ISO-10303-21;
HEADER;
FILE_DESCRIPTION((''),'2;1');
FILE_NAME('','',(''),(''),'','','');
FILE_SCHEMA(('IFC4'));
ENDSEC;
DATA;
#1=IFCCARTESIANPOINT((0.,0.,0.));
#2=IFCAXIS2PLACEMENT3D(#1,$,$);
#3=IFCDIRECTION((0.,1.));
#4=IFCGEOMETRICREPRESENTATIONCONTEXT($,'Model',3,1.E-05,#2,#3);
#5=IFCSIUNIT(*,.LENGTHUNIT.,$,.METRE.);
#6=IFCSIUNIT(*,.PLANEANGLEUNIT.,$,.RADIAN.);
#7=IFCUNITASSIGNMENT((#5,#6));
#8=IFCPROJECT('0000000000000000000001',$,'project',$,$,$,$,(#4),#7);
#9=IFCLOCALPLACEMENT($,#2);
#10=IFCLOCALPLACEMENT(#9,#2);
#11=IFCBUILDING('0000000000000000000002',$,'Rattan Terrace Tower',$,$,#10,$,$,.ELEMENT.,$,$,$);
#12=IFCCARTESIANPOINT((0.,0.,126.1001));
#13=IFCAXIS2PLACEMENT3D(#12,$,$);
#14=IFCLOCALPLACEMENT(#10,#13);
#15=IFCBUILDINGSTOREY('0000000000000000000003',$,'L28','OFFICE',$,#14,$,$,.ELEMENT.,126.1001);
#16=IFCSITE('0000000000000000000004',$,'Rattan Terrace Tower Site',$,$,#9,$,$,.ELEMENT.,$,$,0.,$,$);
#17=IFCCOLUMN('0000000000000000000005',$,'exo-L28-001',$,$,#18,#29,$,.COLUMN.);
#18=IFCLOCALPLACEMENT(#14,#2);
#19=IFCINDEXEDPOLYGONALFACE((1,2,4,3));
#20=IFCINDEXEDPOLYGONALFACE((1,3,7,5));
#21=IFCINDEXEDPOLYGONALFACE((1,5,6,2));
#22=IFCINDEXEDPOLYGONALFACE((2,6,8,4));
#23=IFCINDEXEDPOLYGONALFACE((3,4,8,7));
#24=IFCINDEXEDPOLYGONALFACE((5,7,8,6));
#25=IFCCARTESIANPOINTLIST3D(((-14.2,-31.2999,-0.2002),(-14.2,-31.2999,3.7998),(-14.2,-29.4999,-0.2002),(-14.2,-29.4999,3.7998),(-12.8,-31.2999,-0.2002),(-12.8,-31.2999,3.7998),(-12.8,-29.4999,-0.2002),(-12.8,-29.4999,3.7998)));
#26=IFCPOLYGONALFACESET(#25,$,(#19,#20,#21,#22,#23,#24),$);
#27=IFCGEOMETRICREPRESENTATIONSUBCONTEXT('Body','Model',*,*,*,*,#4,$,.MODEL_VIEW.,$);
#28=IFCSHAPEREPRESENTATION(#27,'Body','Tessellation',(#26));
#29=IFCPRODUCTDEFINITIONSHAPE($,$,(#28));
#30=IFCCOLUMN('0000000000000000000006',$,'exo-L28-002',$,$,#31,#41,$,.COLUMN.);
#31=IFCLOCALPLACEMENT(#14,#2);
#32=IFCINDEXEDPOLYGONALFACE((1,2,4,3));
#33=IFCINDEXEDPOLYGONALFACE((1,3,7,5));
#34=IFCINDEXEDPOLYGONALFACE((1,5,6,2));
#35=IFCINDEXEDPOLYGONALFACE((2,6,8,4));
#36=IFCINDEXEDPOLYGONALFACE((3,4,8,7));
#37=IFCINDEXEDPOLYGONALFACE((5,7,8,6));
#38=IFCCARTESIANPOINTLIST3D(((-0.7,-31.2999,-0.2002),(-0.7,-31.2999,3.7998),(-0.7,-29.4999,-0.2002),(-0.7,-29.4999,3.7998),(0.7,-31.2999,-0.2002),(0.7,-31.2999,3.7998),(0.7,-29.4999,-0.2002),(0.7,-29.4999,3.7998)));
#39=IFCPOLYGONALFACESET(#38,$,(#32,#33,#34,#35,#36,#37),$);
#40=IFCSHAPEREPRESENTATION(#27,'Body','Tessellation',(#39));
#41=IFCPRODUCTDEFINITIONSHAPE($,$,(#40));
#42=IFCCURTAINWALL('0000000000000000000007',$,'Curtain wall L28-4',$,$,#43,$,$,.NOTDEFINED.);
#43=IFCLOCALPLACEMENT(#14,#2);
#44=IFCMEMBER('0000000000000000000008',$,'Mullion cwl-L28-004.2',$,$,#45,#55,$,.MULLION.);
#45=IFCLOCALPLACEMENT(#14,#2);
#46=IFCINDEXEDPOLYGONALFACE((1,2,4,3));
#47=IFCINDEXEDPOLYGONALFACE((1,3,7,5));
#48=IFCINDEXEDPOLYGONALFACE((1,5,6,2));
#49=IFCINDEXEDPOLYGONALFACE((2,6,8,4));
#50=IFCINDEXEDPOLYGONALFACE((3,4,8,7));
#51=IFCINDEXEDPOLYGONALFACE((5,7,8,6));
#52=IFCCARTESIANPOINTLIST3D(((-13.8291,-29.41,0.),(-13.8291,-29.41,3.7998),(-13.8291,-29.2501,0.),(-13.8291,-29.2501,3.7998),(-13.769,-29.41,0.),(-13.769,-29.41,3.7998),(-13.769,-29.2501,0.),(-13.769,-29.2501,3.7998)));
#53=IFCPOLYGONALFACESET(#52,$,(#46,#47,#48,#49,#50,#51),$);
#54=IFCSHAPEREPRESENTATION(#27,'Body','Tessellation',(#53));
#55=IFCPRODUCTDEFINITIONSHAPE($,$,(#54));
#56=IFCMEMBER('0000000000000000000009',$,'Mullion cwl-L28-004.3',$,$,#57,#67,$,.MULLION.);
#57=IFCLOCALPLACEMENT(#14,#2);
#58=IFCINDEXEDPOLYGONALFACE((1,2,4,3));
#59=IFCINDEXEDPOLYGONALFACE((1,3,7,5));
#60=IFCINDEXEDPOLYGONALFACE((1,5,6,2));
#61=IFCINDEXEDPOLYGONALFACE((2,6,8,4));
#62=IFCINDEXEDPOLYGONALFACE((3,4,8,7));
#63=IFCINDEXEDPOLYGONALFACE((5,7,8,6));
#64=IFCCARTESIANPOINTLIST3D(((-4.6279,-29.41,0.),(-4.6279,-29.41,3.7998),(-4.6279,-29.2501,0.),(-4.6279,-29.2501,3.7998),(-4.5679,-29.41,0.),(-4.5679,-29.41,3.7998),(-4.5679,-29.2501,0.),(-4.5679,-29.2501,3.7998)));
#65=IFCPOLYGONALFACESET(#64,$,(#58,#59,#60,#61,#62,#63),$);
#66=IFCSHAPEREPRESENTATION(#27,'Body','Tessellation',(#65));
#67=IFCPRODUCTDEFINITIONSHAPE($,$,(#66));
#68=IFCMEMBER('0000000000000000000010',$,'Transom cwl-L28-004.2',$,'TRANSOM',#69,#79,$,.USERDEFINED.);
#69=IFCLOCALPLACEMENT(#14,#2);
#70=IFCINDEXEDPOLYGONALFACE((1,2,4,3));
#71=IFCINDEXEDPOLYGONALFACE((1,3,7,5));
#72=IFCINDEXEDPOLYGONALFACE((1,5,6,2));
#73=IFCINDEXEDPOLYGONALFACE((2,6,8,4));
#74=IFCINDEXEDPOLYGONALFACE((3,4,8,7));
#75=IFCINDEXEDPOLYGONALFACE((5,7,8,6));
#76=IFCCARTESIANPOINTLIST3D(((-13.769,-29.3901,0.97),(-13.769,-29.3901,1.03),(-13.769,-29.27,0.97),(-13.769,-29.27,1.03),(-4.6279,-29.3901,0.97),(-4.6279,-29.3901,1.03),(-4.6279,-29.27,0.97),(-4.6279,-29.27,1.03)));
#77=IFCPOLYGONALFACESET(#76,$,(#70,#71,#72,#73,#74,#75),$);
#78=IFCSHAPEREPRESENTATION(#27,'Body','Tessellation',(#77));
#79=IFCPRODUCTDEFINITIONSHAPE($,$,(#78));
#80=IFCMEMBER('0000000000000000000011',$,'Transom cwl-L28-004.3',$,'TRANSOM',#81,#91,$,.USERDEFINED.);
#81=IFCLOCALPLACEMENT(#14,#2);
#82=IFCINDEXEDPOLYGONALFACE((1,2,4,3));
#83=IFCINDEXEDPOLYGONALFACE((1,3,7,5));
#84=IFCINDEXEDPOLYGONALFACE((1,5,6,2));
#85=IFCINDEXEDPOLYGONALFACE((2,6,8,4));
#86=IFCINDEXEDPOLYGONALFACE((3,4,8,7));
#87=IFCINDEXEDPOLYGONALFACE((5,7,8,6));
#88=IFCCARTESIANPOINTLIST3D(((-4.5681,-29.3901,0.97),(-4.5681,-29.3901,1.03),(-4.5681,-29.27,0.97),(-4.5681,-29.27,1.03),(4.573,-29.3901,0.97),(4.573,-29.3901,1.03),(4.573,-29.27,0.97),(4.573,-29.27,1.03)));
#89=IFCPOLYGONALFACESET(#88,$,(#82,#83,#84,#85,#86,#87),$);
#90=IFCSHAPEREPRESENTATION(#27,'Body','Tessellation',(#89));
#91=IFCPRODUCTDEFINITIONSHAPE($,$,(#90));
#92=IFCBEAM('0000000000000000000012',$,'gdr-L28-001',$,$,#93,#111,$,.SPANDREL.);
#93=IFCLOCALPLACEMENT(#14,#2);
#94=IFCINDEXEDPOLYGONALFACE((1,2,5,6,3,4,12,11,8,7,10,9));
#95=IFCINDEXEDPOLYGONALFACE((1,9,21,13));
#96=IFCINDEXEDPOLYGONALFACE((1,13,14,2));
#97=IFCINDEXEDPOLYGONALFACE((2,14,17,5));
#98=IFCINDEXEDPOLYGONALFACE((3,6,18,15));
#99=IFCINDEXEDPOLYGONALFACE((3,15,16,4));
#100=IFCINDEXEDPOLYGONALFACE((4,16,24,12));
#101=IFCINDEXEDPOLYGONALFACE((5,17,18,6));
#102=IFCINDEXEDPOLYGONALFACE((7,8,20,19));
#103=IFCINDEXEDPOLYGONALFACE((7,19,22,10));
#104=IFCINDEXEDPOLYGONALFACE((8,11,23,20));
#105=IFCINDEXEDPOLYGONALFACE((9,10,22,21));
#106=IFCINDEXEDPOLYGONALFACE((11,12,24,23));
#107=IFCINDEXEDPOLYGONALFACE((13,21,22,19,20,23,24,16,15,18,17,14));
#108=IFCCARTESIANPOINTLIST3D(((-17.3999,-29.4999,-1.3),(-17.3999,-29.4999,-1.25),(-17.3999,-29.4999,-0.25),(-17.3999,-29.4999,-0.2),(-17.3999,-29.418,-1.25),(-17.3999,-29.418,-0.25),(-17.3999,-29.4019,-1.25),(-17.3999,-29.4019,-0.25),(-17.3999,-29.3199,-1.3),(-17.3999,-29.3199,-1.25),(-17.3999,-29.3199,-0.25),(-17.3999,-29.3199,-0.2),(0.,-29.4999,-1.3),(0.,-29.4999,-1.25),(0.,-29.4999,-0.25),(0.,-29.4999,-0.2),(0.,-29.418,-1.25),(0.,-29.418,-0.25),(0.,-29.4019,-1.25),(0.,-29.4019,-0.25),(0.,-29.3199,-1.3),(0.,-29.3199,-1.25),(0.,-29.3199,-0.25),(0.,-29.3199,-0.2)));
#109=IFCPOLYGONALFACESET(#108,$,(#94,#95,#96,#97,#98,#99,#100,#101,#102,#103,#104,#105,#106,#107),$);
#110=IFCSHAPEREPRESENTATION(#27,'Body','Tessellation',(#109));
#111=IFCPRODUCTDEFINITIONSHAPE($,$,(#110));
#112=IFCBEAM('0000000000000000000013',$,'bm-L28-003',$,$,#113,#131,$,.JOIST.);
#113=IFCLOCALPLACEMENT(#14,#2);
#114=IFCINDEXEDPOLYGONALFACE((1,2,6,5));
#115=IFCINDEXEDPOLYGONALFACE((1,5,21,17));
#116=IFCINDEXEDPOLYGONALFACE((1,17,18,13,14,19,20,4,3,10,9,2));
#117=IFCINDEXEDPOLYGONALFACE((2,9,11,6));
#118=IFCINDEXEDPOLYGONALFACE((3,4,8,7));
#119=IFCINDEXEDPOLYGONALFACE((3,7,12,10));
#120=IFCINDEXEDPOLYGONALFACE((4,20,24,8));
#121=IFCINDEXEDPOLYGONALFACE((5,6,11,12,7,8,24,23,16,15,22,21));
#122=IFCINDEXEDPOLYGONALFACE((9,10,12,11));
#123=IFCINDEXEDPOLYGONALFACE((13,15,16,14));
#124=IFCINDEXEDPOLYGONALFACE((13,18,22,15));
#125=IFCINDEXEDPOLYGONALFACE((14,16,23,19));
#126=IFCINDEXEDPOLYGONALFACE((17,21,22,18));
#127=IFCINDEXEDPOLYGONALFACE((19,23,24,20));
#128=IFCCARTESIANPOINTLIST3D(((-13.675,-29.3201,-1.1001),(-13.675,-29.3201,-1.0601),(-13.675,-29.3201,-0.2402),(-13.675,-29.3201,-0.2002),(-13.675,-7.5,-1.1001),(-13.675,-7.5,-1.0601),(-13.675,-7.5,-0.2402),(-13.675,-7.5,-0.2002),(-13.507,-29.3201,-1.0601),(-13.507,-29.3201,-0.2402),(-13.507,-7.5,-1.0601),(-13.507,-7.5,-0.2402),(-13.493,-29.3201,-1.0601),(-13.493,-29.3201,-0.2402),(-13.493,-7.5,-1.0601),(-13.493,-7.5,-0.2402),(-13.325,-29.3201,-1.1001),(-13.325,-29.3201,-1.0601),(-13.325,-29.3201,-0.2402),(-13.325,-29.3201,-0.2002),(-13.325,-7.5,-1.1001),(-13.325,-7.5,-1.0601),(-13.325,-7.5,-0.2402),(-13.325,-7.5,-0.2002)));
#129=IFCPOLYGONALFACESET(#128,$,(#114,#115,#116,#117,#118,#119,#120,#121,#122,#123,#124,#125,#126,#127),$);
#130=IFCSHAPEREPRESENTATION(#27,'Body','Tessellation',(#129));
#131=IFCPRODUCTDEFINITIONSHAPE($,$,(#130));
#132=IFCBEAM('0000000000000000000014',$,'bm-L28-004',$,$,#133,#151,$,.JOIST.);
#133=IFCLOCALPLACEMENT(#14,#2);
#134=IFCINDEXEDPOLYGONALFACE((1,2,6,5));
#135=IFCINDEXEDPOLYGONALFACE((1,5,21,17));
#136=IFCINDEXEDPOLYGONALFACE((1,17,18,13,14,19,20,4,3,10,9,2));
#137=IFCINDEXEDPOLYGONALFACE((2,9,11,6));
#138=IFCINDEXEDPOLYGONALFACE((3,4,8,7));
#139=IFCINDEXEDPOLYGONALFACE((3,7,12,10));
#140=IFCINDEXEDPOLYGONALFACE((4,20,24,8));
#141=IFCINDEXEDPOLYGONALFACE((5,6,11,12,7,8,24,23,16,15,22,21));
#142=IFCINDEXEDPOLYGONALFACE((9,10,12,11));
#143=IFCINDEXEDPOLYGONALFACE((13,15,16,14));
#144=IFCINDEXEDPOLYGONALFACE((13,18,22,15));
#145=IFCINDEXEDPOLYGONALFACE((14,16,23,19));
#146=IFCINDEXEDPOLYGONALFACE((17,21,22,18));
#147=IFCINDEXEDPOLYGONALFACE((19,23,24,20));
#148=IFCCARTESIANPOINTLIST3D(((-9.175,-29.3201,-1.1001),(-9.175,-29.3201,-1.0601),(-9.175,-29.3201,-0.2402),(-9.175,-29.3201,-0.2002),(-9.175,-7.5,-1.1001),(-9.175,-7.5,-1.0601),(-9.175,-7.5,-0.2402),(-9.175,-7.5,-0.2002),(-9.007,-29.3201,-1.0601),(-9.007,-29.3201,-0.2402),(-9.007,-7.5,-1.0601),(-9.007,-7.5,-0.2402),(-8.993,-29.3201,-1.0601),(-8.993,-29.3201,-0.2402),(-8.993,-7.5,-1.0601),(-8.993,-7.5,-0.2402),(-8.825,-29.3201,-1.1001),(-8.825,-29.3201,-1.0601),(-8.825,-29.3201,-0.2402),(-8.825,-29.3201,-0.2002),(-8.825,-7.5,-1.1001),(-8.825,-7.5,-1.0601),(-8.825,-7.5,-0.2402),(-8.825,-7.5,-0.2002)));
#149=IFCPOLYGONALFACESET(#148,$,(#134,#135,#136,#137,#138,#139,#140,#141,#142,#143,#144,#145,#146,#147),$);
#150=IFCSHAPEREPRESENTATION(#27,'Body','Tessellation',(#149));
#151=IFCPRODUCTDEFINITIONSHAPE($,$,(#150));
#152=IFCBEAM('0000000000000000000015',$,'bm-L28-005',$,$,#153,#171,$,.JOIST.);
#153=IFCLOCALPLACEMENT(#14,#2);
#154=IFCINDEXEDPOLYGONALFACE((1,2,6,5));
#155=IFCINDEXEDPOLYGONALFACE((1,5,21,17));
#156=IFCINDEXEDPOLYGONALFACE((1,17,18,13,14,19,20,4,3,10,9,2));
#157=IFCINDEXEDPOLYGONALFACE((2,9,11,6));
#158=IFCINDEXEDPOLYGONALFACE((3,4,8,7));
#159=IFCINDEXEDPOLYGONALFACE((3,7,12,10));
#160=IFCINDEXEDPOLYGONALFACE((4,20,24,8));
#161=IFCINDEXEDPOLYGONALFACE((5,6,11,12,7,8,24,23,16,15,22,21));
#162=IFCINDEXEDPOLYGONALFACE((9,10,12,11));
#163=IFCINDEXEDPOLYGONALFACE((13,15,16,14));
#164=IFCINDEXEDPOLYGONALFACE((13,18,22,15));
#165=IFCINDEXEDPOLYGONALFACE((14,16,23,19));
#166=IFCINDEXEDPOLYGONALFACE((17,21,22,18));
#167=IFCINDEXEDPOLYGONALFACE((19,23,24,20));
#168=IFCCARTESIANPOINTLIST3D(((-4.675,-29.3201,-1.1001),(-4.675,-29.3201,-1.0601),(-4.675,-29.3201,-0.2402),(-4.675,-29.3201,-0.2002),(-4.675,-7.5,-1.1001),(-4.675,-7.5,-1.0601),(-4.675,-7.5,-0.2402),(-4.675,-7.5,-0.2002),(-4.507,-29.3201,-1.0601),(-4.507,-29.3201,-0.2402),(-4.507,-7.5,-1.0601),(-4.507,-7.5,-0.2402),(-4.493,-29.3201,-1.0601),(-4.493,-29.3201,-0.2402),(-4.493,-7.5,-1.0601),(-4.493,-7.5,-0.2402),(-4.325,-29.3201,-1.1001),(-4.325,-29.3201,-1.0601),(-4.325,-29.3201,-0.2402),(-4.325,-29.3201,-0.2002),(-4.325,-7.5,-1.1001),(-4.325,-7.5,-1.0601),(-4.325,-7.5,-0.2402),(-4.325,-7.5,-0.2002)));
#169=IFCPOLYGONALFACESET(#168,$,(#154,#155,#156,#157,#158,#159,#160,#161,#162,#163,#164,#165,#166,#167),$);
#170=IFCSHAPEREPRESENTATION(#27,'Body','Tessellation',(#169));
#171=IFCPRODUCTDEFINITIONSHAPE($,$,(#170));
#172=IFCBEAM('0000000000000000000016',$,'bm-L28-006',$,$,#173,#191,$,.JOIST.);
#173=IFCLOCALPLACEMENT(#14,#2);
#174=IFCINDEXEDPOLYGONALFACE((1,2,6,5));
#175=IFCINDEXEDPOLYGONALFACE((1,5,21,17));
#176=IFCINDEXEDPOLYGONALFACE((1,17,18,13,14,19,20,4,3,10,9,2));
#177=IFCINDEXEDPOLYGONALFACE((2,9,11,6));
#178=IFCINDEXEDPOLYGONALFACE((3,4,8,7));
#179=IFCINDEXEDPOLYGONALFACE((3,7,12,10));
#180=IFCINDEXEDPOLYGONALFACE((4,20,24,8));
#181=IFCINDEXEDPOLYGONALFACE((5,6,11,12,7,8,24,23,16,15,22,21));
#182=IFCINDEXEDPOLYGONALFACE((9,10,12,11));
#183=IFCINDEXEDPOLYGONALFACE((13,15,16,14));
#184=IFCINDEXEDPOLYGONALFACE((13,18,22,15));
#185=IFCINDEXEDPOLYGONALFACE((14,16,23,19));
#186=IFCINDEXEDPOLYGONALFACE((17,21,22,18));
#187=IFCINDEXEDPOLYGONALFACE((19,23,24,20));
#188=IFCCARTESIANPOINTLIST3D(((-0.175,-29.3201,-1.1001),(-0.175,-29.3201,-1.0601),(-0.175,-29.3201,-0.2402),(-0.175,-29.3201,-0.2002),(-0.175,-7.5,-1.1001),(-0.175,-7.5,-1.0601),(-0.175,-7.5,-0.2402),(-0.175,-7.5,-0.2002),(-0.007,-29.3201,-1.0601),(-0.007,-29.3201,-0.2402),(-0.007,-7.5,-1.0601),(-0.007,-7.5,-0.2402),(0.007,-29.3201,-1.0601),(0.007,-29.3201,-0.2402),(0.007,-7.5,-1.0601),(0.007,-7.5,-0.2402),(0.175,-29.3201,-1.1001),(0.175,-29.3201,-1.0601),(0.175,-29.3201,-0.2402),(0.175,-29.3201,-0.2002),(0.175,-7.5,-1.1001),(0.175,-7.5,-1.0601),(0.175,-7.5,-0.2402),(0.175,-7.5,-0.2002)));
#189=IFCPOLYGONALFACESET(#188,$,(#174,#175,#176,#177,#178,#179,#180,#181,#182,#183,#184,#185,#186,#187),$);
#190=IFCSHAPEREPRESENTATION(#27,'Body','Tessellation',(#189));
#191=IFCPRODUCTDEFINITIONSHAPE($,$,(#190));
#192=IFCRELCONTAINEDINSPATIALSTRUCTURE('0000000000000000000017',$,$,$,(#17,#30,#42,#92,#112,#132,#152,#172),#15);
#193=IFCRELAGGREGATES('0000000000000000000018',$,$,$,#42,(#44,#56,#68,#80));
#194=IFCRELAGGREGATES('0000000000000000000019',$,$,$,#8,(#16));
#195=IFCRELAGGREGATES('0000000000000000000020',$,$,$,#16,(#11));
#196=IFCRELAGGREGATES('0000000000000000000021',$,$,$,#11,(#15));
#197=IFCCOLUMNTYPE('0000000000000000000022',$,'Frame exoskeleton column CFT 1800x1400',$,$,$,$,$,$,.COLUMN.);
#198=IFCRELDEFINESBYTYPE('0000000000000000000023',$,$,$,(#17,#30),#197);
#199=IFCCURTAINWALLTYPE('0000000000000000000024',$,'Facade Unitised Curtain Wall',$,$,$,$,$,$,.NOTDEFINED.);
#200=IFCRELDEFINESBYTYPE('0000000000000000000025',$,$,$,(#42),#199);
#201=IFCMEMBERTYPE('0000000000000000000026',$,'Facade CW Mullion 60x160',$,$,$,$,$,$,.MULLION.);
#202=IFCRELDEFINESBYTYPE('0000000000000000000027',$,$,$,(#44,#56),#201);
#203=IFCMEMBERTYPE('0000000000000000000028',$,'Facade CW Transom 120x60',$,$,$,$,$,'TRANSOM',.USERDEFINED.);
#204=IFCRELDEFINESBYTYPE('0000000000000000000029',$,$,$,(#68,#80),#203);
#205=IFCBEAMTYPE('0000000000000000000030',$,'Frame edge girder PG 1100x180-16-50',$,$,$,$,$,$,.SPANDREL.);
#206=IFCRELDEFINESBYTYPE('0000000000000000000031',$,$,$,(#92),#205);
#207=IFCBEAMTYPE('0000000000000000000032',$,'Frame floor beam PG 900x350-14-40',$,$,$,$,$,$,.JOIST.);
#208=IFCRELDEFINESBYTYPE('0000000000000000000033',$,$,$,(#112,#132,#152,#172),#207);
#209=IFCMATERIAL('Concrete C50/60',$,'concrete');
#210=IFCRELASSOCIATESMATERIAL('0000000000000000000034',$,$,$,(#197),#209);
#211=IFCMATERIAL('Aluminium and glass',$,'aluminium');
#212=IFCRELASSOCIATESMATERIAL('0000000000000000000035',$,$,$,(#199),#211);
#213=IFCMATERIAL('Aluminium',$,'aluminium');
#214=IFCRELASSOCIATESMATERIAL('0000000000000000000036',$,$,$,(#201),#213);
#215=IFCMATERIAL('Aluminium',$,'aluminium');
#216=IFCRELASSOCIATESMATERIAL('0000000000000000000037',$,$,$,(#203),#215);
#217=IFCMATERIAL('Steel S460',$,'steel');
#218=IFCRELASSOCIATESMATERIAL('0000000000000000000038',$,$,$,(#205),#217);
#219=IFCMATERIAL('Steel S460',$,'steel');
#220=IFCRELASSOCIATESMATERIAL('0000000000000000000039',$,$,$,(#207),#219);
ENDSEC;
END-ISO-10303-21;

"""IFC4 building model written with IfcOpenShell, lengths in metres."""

from ifc_helpers import new_model, si_unit, direction, frame, origin, origin_2d, place, context, subcontext, project, spatial, rectangle, i_section, extrude, material, material_profile, profile_set, type_object, element, aggregate, save


model = new_model("IFC4")

# Units and contexts
model_context = context("Model", 3, precision=1e-05, world=origin(), true_north=direction((0.0, 1.0)))
body_context = subcontext(model_context, "Body", "Model", "MODEL_VIEW")
ifc_project = project(units=[si_unit("LENGTHUNIT", "METRE"), si_unit("PLANEANGLEUNIT", "RADIAN")], contexts=[model_context])

# Site, building, storey
site_placement = place(None, origin())
site = spatial("IfcSite", under=ifc_project, at=site_placement, Name="Rattan Terrace Tower Site", CompositionType="ELEMENT", RefElevation=0.0)
building_placement = place(site_placement, origin())
building = spatial("IfcBuilding", under=site, at=building_placement, Name="Rattan Terrace Tower", CompositionType="ELEMENT")
storey_placement = place(building_placement, frame((0.0, 0.0, 126.1001)))
storey = spatial("IfcBuildingStorey", under=building, at=storey_placement, Name="L28", Description="OFFICE", CompositionType="ELEMENT", Elevation=126.1001)

# Columns
ifc_material_1 = material(Name="Concrete C50/60", Category="concrete")
ifc_material_profile_1 = material_profile(ifc_material_1, rectangle(XDim=1.3999, YDim=1.8, at=origin_2d()), Name="CFT 1800x1400")
ifc_profile_set_1 = profile_set([ifc_material_profile_1], Name="Concrete C50/60")
column_type = type_object("IfcColumnType", Name="Frame exoskeleton column CFT 1800x1400", PredefinedType="COLUMN", material=ifc_profile_set_1)
for number, where, z_axis, x_axis, name in (
    (1, (-13.5, -30.3999, -0.2002), (0.0, 0.0, 1.0), (1.0, 0.0, 0.0), "exo-L28-001"),
    (2, (0.0, -30.3999, -0.2002), (0.0, 0.0, 1.0), (1.0, 0.0, 0.0), "exo-L28-002"),
):
    element("IfcColumn", number, at=place(storey_placement, frame(where, z_axis=z_axis, x_axis=x_axis)), inside=storey, type_object=column_type, Name=name, PredefinedType="COLUMN", context=body_context, shape_type="SweptSolid", body=[
        extrude(rectangle(XDim=1.3999, YDim=1.8, at=origin_2d()), origin(), (0.0, 0.0, 1.0), 4.0),
    ])

# Curtain wall, members
ifc_material_2 = material(Name="Aluminium and glass", Category="aluminium")
curtain_wall_type = type_object("IfcCurtainWallType", Name="Facade Unitised Curtain Wall", PredefinedType="NOTDEFINED", material=ifc_material_2)
curtain_wall_placement = place(storey_placement, origin())
curtain_wall = element("IfcCurtainWall", 3, at=curtain_wall_placement, inside=storey, type_object=curtain_wall_type, Name="Curtain wall L28-4", PredefinedType="NOTDEFINED")
ifc_material_3 = material(Name="Aluminium", Category="aluminium")
ifc_material_profile_2 = material_profile(ifc_material_3, rectangle(XDim=0.0601, YDim=0.1599, at=origin_2d()), Name="Aluminium 60x160")
ifc_profile_set_2 = profile_set([ifc_material_profile_2], Name="Aluminium")
member_type_1 = type_object("IfcMemberType", Name="Facade CW Mullion 60x160", PredefinedType="MULLION", material=ifc_profile_set_2)
member_1_placement = place(storey_placement, frame((-13.7991, -29.3301, 0.0), z_axis=(0.0, 0.0, 1.0), x_axis=(1.0, 0.0, 0.0)))
member_1 = element("IfcMember", 4, at=member_1_placement, type_object=member_type_1, Name="Mullion cwl-L28-004.2", PredefinedType="MULLION", context=body_context, shape_type="SweptSolid", body=[
    extrude(rectangle(XDim=0.0601, YDim=0.1599, at=origin_2d()), origin(), (0.0, 0.0, 1.0), 3.7998),
])
member_2_placement = place(storey_placement, frame((-4.5979, -29.3301, 0.0), z_axis=(0.0, 0.0, 1.0), x_axis=(1.0, 0.0, 0.0)))
member_2 = element("IfcMember", 5, at=member_2_placement, type_object=member_type_1, Name="Mullion cwl-L28-004.3", PredefinedType="MULLION", context=body_context, shape_type="SweptSolid", body=[
    extrude(rectangle(XDim=0.0601, YDim=0.1599, at=origin_2d()), origin(), (0.0, 0.0, 1.0), 3.7998),
])
ifc_material_4 = material(Name="Aluminium", Category="aluminium")
ifc_material_profile_3 = material_profile(ifc_material_4, rectangle(XDim=0.1201, YDim=0.0601, at=origin_2d()), Name="Aluminium 120x60")
ifc_profile_set_3 = profile_set([ifc_material_profile_3], Name="Aluminium")
member_type_2 = type_object("IfcMemberType", Name="Facade CW Transom 120x60", ElementType="TRANSOM", PredefinedType="USERDEFINED", material=ifc_profile_set_3)
member_3_placement = place(storey_placement, frame((-13.769, -29.3301, 1.0), z_axis=(1.0, 0.0, 0.0), x_axis=(0.0, 1.0, 0.0)))
member_3 = element("IfcMember", 6, at=member_3_placement, type_object=member_type_2, Name="Transom cwl-L28-004.2", ObjectType="TRANSOM", PredefinedType="USERDEFINED", context=body_context, shape_type="SweptSolid", body=[
    extrude(rectangle(XDim=0.1201, YDim=0.0601, at=origin_2d()), origin(), (0.0, 0.0, 1.0), 9.1411),
])
member_4_placement = place(storey_placement, frame((-4.5681, -29.3301, 1.0), z_axis=(1.0, 0.0, 0.0), x_axis=(0.0, 1.0, 0.0)))
member_4 = element("IfcMember", 7, at=member_4_placement, type_object=member_type_2, Name="Transom cwl-L28-004.3", ObjectType="TRANSOM", PredefinedType="USERDEFINED", context=body_context, shape_type="SweptSolid", body=[
    extrude(rectangle(XDim=0.1201, YDim=0.0601, at=origin_2d()), origin(), (0.0, 0.0, 1.0), 9.1411),
])

# Beams
ifc_material_5 = material(Name="Steel S460", Category="steel")
ifc_material_profile_4 = material_profile(ifc_material_5, i_section(OverallWidth=0.1799, OverallDepth=1.1001, WebThickness=0.0161, FlangeThickness=0.05, at=origin_2d()), Name="PG 1100x180-16-50")
ifc_profile_set_4 = profile_set([ifc_material_profile_4], Name="Steel S460")
beam_type_1 = type_object("IfcBeamType", Name="Frame edge girder PG 1100x180-16-50", PredefinedType="SPANDREL", material=ifc_profile_set_4)
beam_placement = place(storey_placement, frame((-17.3999, -29.4099, -0.75), z_axis=(1.0, 0.0, 0.0), x_axis=(0.0, 1.0, 0.0)))
element("IfcBeam", 8, at=beam_placement, inside=storey, type_object=beam_type_1, Name="gdr-L28-001", PredefinedType="SPANDREL", context=body_context, shape_type="SweptSolid", body=[
    extrude(i_section(OverallWidth=0.1799, OverallDepth=1.1001, WebThickness=0.0161, FlangeThickness=0.05, at=origin_2d()), origin(), (0.0, 0.0, 1.0), 17.3999),
])
ifc_material_6 = material(Name="Steel S460", Category="steel")
ifc_material_profile_5 = material_profile(ifc_material_6, i_section(OverallWidth=0.3501, OverallDepth=0.8999, WebThickness=0.0139, FlangeThickness=0.04, at=origin_2d()), Name="PG 900x350-14-40")
ifc_profile_set_5 = profile_set([ifc_material_profile_5], Name="Steel S460")
beam_type_2 = type_object("IfcBeamType", Name="Frame floor beam PG 900x350-14-40", PredefinedType="JOIST", material=ifc_profile_set_5)
for number, where, z_axis, x_axis, name in (
    (9, (-13.5, -29.3201, -0.6501), (0.0, 1.0, 0.0), (-1.0, 0.0, 0.0), "bm-L28-003"),
    (10, (-9.0, -29.3201, -0.6501), (0.0, 1.0, 0.0), (-1.0, 0.0, 0.0), "bm-L28-004"),
    (11, (-4.5, -29.3201, -0.6501), (0.0, 1.0, 0.0), (-1.0, 0.0, 0.0), "bm-L28-005"),
    (12, (0.0, -29.3201, -0.6501), (0.0, 1.0, 0.0), (-1.0, 0.0, 0.0), "bm-L28-006"),
):
    element("IfcBeam", number, at=place(storey_placement, frame(where, z_axis=z_axis, x_axis=x_axis)), inside=storey, type_object=beam_type_2, Name=name, PredefinedType="JOIST", context=body_context, shape_type="SweptSolid", body=[
        extrude(i_section(OverallWidth=0.3501, OverallDepth=0.8999, WebThickness=0.0139, FlangeThickness=0.04, at=origin_2d()), origin(), (0.0, 0.0, 1.0), 21.8201),
    ])

aggregate(curtain_wall, [member_1, member_2, member_3, member_4])

save(model, "model.ifc")
